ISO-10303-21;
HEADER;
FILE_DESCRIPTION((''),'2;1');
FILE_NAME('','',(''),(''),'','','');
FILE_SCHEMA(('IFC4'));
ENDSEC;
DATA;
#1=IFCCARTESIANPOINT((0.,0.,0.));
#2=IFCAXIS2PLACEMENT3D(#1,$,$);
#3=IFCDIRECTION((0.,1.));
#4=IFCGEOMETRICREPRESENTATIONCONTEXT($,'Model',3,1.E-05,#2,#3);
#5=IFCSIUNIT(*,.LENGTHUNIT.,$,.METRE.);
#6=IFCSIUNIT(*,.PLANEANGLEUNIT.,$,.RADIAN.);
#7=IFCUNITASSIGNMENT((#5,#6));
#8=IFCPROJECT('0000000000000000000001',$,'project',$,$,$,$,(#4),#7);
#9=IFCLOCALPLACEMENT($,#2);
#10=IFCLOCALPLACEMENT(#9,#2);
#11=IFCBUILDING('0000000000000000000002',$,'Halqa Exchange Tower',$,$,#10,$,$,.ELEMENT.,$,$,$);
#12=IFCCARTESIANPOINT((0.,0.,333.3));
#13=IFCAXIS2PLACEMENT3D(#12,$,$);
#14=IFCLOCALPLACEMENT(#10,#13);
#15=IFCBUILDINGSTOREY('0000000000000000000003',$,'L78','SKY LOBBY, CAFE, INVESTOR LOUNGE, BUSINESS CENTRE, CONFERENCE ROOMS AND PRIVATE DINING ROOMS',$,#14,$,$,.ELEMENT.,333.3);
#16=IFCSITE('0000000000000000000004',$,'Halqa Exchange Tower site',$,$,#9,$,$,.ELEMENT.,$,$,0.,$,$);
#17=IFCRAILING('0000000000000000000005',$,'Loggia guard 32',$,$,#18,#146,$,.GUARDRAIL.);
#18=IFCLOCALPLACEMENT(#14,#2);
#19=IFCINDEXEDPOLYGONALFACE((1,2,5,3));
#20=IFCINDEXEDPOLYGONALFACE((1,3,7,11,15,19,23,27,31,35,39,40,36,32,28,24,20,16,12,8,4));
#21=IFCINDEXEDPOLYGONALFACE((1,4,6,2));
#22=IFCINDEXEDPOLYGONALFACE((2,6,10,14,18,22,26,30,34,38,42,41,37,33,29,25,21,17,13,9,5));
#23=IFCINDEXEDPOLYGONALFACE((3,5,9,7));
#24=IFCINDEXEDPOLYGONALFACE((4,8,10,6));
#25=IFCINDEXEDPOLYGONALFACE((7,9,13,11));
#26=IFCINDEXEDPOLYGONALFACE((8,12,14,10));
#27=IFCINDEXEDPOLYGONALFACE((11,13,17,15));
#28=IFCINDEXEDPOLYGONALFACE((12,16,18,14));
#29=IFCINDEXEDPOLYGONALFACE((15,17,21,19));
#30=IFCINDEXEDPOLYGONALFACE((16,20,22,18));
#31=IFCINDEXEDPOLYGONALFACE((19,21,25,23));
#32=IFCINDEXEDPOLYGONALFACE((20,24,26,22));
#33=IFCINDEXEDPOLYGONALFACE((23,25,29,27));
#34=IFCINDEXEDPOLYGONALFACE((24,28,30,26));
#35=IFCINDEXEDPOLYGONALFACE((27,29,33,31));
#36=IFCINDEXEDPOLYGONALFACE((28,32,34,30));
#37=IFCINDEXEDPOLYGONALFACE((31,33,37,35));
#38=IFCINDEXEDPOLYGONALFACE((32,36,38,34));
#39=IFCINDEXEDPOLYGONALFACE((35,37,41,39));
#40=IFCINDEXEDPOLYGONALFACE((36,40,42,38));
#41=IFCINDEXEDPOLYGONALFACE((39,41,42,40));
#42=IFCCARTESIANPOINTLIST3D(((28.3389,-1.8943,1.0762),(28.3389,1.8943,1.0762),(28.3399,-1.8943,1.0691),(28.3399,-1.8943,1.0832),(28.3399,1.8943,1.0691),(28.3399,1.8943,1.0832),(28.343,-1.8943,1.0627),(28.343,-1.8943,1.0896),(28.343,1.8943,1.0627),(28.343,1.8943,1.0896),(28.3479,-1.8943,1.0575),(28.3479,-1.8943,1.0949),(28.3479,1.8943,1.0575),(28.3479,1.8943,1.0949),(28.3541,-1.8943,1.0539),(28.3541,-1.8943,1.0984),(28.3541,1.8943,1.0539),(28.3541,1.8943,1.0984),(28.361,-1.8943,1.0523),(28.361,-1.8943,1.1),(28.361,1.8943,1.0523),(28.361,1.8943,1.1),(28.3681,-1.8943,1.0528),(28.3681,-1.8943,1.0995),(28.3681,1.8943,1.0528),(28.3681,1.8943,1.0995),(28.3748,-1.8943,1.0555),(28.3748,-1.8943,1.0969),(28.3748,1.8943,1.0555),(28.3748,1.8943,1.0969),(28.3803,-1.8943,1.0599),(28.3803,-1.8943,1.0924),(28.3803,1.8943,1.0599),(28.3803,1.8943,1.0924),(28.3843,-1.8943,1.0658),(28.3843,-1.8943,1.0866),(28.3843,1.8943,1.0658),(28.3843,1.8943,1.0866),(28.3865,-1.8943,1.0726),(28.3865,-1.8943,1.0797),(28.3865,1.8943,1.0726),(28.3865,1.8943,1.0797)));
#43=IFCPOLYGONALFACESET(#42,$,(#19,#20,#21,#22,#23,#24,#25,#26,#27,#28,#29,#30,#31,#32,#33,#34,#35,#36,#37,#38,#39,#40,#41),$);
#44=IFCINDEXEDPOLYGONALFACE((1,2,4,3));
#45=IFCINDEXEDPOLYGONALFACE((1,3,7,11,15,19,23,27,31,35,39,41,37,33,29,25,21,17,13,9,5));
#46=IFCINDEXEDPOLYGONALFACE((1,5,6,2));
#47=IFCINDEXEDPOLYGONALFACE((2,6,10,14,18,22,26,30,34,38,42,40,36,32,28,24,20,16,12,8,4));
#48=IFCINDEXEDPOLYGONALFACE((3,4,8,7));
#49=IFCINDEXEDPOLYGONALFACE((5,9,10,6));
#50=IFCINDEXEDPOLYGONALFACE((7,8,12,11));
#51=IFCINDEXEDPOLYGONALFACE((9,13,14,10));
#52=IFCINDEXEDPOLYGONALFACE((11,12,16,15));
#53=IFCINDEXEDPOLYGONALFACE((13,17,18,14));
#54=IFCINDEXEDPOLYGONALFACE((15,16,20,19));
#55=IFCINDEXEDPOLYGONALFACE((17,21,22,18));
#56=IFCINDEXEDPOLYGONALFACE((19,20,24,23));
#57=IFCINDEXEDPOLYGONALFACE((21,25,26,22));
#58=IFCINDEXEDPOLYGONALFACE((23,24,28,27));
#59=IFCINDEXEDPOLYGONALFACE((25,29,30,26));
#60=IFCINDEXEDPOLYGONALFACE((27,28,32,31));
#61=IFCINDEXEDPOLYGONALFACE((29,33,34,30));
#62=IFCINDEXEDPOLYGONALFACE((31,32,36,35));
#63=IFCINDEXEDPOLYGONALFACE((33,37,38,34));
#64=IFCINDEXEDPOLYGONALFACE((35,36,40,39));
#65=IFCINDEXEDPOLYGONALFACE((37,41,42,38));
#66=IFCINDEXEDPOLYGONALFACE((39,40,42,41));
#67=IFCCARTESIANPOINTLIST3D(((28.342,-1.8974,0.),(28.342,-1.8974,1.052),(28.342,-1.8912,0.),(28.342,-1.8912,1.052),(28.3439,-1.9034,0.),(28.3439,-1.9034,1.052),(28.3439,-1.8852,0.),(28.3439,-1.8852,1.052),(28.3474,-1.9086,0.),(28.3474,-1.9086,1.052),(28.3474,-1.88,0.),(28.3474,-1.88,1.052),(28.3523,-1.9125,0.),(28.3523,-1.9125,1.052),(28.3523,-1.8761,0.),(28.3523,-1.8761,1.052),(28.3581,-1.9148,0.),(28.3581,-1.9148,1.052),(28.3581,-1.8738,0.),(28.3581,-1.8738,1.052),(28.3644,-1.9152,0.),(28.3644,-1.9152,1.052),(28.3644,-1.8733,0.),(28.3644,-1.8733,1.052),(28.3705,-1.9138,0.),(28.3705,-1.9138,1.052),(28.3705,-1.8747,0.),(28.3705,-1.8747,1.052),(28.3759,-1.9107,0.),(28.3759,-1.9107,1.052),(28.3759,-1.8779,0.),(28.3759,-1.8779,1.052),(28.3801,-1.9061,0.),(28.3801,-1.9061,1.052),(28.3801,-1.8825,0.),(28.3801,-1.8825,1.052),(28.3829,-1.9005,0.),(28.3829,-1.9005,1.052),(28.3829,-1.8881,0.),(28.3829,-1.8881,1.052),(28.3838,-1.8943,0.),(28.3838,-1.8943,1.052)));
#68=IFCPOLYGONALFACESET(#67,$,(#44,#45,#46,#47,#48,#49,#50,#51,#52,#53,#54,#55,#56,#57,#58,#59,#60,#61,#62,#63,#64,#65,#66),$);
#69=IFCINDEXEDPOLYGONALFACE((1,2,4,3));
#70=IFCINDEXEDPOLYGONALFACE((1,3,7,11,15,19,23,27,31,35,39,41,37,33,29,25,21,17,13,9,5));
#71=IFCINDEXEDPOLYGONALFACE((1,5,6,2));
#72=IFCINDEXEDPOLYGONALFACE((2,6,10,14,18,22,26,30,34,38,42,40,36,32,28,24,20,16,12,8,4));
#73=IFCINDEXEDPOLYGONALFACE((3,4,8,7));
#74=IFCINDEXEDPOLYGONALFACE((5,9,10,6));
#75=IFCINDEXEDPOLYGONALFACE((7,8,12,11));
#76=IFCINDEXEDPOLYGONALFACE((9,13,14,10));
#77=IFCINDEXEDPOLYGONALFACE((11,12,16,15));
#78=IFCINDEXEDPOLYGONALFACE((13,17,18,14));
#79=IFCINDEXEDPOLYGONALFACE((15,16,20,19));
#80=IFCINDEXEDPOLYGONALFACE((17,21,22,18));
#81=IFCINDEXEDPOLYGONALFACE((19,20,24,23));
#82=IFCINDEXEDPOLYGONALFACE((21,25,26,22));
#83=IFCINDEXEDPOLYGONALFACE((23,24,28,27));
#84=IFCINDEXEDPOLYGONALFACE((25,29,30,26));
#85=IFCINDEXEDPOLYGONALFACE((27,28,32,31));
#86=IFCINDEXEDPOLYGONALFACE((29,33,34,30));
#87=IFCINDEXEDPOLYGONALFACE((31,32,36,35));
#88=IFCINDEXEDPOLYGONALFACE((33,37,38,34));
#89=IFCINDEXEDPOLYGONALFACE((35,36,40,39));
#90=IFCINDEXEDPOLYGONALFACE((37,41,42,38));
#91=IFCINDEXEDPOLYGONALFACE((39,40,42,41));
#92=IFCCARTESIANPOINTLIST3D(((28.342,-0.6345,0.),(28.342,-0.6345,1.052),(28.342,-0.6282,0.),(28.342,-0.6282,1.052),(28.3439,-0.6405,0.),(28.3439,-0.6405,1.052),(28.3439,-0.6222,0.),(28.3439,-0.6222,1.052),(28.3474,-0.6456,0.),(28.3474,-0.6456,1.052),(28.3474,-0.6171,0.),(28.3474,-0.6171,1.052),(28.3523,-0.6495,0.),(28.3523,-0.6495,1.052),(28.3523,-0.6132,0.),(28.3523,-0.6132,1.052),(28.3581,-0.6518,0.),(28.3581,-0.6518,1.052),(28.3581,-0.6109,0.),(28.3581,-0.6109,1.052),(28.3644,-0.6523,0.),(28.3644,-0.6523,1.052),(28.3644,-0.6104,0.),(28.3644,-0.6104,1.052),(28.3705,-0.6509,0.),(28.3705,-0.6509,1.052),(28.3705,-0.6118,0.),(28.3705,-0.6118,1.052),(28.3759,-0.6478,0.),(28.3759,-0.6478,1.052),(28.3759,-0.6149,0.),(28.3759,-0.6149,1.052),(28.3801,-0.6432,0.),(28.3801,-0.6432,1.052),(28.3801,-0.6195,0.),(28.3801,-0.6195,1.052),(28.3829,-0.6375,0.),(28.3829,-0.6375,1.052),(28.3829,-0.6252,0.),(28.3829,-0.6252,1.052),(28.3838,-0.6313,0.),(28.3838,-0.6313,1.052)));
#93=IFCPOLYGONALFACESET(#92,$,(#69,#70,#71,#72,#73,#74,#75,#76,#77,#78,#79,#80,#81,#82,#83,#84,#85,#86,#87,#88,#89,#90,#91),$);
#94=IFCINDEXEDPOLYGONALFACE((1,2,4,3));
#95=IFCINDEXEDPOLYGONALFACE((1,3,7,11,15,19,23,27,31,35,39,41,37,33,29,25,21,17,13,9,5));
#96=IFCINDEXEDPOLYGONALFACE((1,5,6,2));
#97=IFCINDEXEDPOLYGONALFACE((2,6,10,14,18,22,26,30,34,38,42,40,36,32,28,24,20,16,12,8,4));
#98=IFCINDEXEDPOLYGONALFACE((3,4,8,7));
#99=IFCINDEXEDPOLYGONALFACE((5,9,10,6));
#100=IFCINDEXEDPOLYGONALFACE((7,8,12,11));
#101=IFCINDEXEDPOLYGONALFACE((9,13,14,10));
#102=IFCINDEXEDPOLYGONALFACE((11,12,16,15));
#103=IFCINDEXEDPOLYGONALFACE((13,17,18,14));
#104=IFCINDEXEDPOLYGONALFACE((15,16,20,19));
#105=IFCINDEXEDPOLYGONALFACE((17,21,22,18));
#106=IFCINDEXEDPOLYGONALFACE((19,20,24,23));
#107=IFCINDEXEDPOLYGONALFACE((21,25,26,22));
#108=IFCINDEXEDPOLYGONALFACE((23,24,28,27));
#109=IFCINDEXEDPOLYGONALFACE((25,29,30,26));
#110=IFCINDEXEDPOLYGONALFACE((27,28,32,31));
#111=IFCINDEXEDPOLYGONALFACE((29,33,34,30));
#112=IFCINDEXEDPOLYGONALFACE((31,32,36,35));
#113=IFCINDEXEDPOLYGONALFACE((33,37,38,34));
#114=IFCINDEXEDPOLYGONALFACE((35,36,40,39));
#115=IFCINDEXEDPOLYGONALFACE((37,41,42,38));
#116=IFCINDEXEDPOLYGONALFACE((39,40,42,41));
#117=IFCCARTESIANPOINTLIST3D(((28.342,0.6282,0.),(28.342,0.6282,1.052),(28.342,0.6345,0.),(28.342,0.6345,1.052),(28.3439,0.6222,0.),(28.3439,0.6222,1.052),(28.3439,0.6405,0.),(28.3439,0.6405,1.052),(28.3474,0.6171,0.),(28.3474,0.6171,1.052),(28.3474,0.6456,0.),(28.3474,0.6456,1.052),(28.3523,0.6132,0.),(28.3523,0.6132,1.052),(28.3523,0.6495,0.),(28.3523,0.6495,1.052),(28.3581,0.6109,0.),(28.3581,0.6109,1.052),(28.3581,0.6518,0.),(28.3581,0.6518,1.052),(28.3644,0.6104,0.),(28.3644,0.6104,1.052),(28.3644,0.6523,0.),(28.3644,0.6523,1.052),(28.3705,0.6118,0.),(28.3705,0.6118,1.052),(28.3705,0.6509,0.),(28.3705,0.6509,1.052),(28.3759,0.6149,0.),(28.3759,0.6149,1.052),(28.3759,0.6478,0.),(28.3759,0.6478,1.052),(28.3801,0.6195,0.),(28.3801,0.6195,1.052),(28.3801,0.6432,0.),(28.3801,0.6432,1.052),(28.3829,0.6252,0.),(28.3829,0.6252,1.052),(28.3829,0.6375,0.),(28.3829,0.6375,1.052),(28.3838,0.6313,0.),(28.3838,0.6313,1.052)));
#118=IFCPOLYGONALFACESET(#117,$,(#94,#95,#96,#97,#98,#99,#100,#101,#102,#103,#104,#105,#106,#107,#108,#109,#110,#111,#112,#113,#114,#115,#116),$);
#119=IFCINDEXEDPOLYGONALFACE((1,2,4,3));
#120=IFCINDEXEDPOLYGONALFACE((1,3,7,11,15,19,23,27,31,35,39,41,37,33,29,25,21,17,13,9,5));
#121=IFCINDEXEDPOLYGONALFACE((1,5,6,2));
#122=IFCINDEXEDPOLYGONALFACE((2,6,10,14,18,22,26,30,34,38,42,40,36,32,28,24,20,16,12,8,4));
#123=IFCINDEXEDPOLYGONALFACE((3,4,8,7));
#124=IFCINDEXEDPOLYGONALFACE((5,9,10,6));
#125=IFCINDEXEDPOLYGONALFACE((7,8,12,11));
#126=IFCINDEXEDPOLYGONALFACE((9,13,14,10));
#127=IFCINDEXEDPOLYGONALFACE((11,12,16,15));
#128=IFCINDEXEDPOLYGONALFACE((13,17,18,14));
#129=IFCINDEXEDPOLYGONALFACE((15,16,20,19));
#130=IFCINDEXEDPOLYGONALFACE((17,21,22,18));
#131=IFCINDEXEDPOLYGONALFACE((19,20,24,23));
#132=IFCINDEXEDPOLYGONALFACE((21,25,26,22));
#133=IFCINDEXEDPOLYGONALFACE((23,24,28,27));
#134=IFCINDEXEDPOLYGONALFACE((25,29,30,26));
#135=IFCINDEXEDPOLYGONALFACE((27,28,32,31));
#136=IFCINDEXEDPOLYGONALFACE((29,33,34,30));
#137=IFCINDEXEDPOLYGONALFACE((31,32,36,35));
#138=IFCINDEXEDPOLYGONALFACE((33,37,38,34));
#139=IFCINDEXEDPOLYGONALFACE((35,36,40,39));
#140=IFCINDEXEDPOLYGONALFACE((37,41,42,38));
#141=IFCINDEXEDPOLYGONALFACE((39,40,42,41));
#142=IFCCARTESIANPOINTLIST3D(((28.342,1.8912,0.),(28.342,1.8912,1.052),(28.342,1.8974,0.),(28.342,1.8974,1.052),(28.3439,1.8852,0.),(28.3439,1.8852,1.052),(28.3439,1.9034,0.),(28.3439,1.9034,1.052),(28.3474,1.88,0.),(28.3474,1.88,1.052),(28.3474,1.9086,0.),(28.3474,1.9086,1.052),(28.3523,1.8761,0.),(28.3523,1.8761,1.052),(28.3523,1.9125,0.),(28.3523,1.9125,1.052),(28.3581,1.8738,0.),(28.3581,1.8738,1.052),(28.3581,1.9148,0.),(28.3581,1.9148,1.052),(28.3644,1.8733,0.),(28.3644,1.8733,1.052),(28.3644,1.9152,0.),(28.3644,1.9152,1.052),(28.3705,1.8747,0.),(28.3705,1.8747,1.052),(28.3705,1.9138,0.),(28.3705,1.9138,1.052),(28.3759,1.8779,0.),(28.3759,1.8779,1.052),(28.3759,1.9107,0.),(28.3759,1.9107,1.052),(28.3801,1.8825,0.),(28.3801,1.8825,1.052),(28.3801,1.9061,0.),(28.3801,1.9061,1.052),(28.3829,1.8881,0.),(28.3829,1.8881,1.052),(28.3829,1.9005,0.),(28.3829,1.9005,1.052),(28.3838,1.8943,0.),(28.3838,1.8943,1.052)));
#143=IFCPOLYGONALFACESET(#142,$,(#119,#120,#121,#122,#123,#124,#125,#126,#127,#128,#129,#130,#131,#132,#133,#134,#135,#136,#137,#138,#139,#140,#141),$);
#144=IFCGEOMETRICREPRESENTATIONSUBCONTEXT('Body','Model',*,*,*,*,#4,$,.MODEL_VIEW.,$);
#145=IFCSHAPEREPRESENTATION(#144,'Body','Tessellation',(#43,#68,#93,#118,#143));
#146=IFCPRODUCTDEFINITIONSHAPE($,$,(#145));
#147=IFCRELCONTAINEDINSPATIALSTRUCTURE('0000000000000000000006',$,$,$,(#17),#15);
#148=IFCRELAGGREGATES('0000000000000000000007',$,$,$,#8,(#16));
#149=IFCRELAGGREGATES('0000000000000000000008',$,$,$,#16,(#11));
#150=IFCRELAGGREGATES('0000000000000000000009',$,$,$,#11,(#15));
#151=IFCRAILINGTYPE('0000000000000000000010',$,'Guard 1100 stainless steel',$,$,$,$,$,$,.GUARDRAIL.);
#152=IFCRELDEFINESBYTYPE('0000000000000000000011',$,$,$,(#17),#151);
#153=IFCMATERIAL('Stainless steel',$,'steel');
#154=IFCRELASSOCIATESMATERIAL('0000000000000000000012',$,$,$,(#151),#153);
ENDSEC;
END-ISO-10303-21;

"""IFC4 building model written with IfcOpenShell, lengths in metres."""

from ifc_helpers import new_model, si_unit, direction, frame, origin, origin_2d, place, context, subcontext, project, spatial, circle, extrude, material, type_object, element, save


model = new_model("IFC4")

# Units and contexts
model_context = context("Model", 3, precision=1e-05, world=origin(), true_north=direction((0.0, 1.0)))
body_context = subcontext(model_context, "Body", "Model", "MODEL_VIEW")
ifc_project = project(units=[si_unit("LENGTHUNIT", "METRE"), si_unit("PLANEANGLEUNIT", "RADIAN")], contexts=[model_context])

# Site, building, storey
site_placement = place(None, origin())
site = spatial("IfcSite", under=ifc_project, at=site_placement, Name="Halqa Exchange Tower site", CompositionType="ELEMENT", RefElevation=0.0)
building_placement = place(site_placement, origin())
building = spatial("IfcBuilding", under=site, at=building_placement, Name="Halqa Exchange Tower", CompositionType="ELEMENT")
storey_placement = place(building_placement, frame((0.0, 0.0, 333.3)))
storey = spatial("IfcBuildingStorey", under=building, at=storey_placement, Name="L78", Description="SKY LOBBY, CAFE, INVESTOR LOUNGE, BUSINESS CENTRE, CONFERENCE ROOMS AND PRIVATE DINING ROOMS", CompositionType="ELEMENT", Elevation=333.3)

# Railing
ifc_material_1 = material(Name="Stainless steel", Category="steel")
railing_type = type_object("IfcRailingType", Name="Guard 1100 stainless steel", PredefinedType="GUARDRAIL", material=ifc_material_1)
railing_1_placement = place(storey_placement, frame((28.3628, -1.8943, 0.0)))
element("IfcRailing", 1, at=railing_1_placement, inside=storey, type_object=railing_type, Name="Loggia guard 32", PredefinedType="GUARDRAIL", context=body_context, shape_type="SweptSolid", body=[
    extrude(circle(Radius=0.0239, at=origin_2d()), frame((0.0, 0.0, 1.0762), z_axis=(0.0, 1.0, 0.0), x_axis=(-1.0, 0.0, 0.0)), (0.0, 0.0, 1.0), 3.7886),
    extrude(circle(Radius=0.021, at=origin_2d()), origin(), (0.0, 0.0, 1.0), 1.052),
    extrude(circle(Radius=0.021, at=origin_2d()), frame((0.0, 1.2629, 0.0)), (0.0, 0.0, 1.0), 1.052),
    extrude(circle(Radius=0.021, at=origin_2d()), frame((0.0, 2.5256, 0.0)), (0.0, 0.0, 1.0), 1.052),
    extrude(circle(Radius=0.021, at=origin_2d()), frame((0.0, 3.7886, 0.0)), (0.0, 0.0, 1.0), 1.052),
])

save(model, "model.ifc")
